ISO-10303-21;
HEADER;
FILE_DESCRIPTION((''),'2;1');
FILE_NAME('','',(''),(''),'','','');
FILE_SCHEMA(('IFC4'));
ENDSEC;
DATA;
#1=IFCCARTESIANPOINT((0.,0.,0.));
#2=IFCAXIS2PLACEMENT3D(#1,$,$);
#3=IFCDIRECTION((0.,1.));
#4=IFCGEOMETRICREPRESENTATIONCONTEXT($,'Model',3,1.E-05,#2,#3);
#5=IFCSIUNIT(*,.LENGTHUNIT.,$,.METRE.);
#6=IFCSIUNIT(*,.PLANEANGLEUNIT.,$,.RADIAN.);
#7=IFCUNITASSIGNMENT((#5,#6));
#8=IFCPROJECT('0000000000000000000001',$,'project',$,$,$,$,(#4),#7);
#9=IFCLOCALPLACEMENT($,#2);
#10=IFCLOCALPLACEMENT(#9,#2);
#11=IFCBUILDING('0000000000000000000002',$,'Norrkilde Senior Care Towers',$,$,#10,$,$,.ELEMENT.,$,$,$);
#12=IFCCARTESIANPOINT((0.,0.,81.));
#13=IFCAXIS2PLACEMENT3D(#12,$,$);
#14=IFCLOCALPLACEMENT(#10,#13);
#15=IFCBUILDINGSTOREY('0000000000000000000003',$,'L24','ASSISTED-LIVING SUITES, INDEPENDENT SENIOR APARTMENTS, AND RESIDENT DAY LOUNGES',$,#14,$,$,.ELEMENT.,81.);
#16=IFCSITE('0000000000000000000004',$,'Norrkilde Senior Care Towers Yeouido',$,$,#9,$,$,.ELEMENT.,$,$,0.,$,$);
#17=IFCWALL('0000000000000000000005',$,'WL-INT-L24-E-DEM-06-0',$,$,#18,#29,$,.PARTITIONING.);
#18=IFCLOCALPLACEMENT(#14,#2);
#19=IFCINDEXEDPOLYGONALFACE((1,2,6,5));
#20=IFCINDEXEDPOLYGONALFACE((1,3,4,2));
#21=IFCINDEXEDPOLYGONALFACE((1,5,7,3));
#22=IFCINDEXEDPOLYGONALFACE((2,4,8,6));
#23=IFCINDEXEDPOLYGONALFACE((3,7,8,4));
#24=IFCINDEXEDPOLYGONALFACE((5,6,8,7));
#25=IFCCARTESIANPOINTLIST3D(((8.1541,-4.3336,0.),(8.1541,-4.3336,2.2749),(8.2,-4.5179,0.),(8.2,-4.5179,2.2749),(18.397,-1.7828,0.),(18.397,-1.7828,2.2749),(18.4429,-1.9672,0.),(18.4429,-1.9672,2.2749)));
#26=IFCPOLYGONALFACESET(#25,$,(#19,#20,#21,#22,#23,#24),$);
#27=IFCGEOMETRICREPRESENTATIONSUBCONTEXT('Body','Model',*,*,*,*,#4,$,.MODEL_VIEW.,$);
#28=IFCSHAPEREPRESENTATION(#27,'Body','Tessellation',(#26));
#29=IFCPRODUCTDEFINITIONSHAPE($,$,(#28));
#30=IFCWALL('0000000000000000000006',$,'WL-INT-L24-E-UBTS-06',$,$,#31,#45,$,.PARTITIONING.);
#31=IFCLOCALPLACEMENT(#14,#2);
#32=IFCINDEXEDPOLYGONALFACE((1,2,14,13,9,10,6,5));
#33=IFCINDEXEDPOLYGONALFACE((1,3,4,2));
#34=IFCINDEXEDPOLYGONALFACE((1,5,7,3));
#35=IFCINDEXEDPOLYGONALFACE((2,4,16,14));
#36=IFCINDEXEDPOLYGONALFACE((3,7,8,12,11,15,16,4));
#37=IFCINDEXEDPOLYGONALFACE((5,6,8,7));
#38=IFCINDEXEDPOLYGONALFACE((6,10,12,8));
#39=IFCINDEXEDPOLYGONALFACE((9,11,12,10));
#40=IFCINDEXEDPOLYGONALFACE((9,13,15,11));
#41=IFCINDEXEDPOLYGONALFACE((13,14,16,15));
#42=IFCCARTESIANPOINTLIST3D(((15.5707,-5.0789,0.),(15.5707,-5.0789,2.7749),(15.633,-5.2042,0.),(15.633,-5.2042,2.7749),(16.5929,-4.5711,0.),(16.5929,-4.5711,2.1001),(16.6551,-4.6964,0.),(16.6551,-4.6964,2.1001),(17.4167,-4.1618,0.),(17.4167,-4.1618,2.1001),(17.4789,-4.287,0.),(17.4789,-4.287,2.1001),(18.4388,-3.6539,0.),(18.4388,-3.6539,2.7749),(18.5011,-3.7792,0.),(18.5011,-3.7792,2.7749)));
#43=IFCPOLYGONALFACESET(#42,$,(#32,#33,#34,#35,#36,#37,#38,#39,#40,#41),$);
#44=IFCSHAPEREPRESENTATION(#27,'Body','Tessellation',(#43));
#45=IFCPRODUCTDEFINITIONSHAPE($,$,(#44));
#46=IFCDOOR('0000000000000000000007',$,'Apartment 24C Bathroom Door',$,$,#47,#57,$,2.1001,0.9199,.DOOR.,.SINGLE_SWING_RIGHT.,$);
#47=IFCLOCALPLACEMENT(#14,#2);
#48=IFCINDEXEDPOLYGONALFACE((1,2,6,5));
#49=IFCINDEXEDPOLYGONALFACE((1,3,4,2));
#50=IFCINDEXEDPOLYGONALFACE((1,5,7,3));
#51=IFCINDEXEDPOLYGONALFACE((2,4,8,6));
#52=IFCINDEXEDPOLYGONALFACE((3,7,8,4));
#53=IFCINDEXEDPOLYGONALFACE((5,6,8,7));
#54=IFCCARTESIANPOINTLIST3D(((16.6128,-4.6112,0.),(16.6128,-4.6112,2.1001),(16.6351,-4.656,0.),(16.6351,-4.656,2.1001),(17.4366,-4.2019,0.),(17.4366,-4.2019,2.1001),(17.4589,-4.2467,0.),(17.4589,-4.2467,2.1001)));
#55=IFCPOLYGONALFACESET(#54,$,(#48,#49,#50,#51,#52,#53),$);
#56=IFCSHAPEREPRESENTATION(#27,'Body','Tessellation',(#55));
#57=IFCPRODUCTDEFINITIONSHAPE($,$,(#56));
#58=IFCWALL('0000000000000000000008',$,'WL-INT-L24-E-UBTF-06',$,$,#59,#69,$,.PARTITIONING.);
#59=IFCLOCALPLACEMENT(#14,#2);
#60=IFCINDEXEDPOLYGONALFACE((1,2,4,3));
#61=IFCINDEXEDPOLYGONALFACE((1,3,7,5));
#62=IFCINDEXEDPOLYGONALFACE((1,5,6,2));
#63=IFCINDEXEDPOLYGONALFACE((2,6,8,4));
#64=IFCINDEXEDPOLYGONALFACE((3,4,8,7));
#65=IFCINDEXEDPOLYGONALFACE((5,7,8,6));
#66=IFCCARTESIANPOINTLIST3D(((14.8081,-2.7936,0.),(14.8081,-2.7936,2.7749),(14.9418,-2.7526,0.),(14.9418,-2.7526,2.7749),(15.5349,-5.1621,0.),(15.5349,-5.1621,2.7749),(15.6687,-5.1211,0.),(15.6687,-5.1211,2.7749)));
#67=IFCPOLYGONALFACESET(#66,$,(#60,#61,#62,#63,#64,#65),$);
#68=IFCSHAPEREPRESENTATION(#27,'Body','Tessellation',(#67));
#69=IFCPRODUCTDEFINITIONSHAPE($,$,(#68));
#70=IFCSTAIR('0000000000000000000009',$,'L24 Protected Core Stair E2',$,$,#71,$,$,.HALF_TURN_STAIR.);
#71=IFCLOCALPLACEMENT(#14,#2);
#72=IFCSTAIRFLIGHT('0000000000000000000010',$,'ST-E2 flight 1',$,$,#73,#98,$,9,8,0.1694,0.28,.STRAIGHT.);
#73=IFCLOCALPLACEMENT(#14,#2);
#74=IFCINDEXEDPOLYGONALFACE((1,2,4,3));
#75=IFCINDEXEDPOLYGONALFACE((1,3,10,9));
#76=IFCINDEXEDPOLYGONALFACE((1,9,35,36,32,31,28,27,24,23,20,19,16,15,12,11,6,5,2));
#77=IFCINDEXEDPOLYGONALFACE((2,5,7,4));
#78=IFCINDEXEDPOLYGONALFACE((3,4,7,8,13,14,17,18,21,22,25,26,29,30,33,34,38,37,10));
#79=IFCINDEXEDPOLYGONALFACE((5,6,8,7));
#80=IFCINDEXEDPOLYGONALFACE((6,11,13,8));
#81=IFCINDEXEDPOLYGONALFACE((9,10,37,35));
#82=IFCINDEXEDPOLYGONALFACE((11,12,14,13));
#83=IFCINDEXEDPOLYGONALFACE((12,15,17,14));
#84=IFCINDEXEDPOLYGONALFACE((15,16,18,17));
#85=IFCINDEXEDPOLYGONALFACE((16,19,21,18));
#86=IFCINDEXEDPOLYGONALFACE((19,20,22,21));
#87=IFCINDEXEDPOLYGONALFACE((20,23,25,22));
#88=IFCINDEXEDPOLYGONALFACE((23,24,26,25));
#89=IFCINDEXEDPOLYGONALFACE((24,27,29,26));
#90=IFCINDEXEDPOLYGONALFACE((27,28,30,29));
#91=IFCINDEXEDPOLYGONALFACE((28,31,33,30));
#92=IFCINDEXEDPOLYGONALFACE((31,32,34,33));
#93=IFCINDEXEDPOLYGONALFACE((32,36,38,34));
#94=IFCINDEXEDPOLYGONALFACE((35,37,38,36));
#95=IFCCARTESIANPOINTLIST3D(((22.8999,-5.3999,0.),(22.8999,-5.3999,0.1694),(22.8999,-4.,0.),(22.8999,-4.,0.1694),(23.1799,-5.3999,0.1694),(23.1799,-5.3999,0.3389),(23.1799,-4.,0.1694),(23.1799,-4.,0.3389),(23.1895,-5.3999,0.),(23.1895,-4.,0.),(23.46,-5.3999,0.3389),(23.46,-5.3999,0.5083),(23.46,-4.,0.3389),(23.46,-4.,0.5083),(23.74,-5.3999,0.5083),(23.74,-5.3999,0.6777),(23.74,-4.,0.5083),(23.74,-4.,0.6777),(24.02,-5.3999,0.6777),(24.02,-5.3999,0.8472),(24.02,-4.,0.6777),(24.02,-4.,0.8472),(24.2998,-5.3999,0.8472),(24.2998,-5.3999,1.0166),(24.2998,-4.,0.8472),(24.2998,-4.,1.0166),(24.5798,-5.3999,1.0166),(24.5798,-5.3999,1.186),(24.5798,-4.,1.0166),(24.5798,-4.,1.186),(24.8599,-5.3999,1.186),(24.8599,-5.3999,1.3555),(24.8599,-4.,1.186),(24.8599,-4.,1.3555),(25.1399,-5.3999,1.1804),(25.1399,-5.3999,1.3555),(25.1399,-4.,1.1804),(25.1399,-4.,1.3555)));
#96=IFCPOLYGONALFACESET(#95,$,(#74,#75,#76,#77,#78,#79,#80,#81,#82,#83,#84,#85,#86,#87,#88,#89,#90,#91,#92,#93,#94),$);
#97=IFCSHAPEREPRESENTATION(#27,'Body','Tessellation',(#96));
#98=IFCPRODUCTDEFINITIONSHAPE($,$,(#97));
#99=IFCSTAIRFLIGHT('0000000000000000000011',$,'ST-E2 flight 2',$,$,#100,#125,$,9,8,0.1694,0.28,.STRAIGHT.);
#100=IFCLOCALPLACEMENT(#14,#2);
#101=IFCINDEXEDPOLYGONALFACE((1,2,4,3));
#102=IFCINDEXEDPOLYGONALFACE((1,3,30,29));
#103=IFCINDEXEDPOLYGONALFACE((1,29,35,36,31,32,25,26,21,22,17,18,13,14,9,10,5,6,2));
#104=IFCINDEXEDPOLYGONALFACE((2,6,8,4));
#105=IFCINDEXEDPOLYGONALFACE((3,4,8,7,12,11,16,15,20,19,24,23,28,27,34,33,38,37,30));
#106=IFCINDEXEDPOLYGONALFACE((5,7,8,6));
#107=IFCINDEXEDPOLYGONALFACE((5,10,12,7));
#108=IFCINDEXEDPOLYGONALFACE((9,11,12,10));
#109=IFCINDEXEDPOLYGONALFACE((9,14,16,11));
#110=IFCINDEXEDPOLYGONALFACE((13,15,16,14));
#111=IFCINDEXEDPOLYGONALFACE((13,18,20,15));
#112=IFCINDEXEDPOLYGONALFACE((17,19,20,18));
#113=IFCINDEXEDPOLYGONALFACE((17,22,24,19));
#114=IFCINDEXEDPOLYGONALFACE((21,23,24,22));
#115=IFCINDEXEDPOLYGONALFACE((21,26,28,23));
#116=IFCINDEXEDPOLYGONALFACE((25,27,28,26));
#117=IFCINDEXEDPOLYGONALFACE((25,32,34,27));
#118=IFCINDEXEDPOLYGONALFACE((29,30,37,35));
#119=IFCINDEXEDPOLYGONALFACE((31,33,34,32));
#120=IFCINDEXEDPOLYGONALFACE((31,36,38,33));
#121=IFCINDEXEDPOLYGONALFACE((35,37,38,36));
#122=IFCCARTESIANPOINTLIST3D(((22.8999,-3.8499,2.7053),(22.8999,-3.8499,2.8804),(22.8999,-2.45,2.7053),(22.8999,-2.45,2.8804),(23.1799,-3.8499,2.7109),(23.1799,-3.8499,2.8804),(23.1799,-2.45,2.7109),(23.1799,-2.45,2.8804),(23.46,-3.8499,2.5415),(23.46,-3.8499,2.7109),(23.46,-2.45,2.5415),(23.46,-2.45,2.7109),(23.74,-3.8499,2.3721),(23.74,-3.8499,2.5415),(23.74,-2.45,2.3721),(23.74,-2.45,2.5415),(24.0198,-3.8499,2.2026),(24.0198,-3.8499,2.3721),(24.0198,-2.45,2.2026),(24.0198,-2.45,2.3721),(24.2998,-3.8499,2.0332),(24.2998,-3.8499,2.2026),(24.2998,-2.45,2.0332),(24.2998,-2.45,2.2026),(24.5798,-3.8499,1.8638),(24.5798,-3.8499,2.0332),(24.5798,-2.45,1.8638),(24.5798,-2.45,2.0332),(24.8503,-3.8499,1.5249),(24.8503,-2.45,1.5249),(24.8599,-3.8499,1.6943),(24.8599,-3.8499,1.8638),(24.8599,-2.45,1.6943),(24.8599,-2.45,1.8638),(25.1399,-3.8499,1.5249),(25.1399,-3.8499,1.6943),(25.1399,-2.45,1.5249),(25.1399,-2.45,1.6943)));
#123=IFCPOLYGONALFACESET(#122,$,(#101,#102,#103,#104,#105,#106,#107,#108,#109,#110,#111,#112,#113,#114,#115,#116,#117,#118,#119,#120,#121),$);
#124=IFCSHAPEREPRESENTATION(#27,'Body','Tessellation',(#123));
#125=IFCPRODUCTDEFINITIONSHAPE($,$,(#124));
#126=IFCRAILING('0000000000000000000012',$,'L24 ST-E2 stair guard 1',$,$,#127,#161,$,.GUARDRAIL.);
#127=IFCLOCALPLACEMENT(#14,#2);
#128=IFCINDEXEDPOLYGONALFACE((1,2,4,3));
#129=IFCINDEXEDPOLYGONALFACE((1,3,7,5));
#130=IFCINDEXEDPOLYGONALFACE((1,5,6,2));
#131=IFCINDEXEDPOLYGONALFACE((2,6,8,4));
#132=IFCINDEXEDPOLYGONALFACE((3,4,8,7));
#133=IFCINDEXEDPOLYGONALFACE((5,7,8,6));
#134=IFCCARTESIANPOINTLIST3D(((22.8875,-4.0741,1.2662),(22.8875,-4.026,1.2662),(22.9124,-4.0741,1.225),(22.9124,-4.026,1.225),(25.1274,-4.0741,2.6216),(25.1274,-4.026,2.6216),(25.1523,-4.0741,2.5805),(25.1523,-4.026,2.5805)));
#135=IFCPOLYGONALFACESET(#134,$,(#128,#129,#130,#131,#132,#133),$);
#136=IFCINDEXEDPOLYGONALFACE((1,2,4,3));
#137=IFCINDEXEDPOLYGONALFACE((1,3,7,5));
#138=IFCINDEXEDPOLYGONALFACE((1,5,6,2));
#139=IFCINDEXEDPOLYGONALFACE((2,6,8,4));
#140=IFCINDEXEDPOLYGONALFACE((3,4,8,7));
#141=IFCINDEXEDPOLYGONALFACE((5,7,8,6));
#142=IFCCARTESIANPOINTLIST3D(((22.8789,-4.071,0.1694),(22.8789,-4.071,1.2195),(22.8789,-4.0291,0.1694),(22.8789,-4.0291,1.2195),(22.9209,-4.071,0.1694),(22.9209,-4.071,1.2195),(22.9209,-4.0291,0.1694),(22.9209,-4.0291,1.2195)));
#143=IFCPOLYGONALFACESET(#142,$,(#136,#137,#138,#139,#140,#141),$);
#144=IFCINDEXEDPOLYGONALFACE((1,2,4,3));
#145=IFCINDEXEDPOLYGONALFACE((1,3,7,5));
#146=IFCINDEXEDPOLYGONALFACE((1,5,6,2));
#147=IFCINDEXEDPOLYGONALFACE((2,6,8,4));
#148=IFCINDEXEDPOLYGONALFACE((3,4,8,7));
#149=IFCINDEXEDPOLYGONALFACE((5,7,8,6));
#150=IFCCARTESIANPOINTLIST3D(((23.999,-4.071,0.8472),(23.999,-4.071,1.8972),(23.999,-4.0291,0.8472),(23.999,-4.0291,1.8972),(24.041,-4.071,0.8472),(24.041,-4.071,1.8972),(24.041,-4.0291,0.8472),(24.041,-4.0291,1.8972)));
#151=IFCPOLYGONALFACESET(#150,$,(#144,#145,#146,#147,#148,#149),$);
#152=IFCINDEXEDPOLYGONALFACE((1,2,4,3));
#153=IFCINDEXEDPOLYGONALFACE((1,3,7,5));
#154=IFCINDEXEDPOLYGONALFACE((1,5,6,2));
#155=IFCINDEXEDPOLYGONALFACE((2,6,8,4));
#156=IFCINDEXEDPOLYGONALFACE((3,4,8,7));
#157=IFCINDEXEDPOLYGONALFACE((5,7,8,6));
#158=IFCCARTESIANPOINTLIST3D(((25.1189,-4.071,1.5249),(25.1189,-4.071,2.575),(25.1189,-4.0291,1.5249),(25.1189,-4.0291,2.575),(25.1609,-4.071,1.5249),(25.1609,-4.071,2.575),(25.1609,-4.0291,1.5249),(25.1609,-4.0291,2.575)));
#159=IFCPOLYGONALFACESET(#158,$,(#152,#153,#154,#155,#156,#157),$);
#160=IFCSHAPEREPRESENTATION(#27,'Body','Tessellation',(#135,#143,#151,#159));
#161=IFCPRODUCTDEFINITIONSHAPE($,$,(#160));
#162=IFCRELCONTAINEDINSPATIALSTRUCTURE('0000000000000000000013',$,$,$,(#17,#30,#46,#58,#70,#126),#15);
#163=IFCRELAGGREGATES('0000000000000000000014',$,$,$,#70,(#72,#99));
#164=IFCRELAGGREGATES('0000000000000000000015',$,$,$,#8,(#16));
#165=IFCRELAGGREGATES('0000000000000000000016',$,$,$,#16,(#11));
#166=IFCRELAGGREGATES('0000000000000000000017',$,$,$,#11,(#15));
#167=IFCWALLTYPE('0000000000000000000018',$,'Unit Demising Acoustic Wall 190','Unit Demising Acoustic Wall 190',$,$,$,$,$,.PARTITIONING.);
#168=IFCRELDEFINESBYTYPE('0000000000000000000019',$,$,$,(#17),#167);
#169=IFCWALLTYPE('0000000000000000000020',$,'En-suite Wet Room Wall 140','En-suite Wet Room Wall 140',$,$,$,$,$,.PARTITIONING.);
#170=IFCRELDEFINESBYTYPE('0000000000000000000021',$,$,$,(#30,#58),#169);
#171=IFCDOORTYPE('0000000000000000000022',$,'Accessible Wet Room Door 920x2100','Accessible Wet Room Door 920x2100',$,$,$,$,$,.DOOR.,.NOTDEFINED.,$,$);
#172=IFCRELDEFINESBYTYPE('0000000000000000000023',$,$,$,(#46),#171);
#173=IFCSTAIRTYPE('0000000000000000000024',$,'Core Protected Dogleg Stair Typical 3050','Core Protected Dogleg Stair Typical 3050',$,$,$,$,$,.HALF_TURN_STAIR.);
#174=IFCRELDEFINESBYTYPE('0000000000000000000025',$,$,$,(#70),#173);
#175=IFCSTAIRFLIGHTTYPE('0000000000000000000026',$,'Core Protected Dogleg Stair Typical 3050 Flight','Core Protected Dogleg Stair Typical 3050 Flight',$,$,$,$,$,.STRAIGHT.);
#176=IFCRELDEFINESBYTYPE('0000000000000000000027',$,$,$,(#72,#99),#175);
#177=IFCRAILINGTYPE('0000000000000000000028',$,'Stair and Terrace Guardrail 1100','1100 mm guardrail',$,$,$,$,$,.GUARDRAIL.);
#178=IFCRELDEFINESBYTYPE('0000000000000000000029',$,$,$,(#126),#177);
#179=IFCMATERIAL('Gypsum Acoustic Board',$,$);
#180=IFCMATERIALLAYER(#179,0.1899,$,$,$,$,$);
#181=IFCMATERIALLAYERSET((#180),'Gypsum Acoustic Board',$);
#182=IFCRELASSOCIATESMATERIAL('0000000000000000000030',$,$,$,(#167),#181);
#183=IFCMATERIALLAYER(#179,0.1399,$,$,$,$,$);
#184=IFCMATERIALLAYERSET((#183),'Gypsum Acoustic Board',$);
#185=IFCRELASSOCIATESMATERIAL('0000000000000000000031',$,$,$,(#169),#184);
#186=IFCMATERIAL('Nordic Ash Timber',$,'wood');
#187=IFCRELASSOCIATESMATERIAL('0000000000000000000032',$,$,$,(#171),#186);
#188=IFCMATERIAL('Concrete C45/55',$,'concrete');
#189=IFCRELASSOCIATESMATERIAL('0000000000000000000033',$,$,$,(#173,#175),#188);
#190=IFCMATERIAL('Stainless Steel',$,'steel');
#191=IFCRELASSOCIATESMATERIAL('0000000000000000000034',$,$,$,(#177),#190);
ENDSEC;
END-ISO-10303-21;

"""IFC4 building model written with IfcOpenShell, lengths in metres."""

from ifc_helpers import new_model, si_unit, direction, frame, frame_2d, origin, origin_2d, place, context, subcontext, project, spatial, polyline, rectangle, outline, extrude, source, transform, mapped, material, layer, layer_set, type_object, type_shapes, element, fill, aggregate, save


model = new_model("IFC4")

# Units and contexts
model_context = context("Model", 3, precision=1e-05, world=origin(), true_north=direction((0.0, 1.0)))
body_context = subcontext(model_context, "Body", "Model", "MODEL_VIEW")
ifc_project = project(units=[si_unit("LENGTHUNIT", "METRE"), si_unit("PLANEANGLEUNIT", "RADIAN")], contexts=[model_context])

# Site, building, storey
site_placement = place(None, origin())
site = spatial("IfcSite", under=ifc_project, at=site_placement, Name="Norrkilde Senior Care Towers Yeouido", CompositionType="ELEMENT", RefElevation=0.0)
building_placement = place(site_placement, origin())
building = spatial("IfcBuilding", under=site, at=building_placement, Name="Norrkilde Senior Care Towers", CompositionType="ELEMENT")
storey_placement = place(building_placement, frame((0.0, 0.0, 81.0)))
storey = spatial("IfcBuildingStorey", under=building, at=storey_placement, Name="L24", Description="ASSISTED-LIVING SUITES, INDEPENDENT SENIOR APARTMENTS, AND RESIDENT DAY LOUNGES", CompositionType="ELEMENT", Elevation=81.0)

# Shared definitions
ifc_material_1 = material(Name="Concrete C45/55", Category="concrete")

# Wall
ifc_material_2 = material(Name="Gypsum Acoustic Board")
ifc_layer_1 = layer(ifc_material_2, 0.1899)
ifc_layer_set_1 = layer_set([ifc_layer_1], Name="Gypsum Acoustic Board")
wall_type_1 = type_object("IfcWallType", Name="Unit Demising Acoustic Wall 190", Description="Unit Demising Acoustic Wall 190", PredefinedType="PARTITIONING", material=ifc_layer_set_1)
shared_shape_1 = source(origin(), body_context, "Body", "SweptSolid", [
    extrude(rectangle(XDim=10.5557, YDim=0.1899, at=frame_2d((5.2778, 0.0))), origin(), (0.0, 0.0, 1.0), 2.2749),
])
type_shapes(wall_type_1, [shared_shape_1])
wall_1_placement = place(storey_placement, frame((18.4199, -1.875, 0.0), z_axis=(0.0, 0.0, 1.0), x_axis=(-0.970364, -0.241648, 0.0)))
element("IfcWall", 1, at=wall_1_placement, inside=storey, type_object=wall_type_1, Name="WL-INT-L24-E-DEM-06-0", PredefinedType="PARTITIONING", context=body_context, shape_type="MappedRepresentation", body=[
    mapped(shared_shape_1, transform((0.0, 0.0, 0.0), x_axis=(1.0, 0.0, 0.0), y_axis=(0.0, 1.0, 0.0), z_axis=(0.0, 0.0, 1.0), scale=1.0)),
])

# Wall, opening, door
ifc_layer_2 = layer(ifc_material_2, 0.1399)
ifc_layer_set_2 = layer_set([ifc_layer_2], Name="Gypsum Acoustic Board")
wall_type_2 = type_object("IfcWallType", Name="En-suite Wet Room Wall 140", Description="En-suite Wet Room Wall 140", PredefinedType="PARTITIONING", material=ifc_layer_set_2)
shared_shape_2 = source(origin(), body_context, "Body", "SweptSolid", [
    extrude(rectangle(XDim=3.2026, YDim=0.1399, at=frame_2d((1.6013, 0.0))), origin(), (0.0, 0.0, 1.0), 2.7749),
])
wall_2_placement = place(storey_placement, frame((18.47, -3.7166, 0.0), z_axis=(0.0, 0.0, 1.0), x_axis=(-0.895553, -0.444956, 0.0)))
wall_2 = element("IfcWall", 2, at=wall_2_placement, inside=storey, type_object=wall_type_2, Name="WL-INT-L24-E-UBTS-06", PredefinedType="PARTITIONING", context=body_context, shape_type="MappedRepresentation", body=[
    mapped(shared_shape_2, transform((0.0, 0.0, 0.0), x_axis=(1.0, 0.0, 0.0), y_axis=(0.0, 1.0, 0.0), z_axis=(0.0, 0.0, 1.0), scale=1.0)),
])
opening_1_placement = place(wall_2_placement, frame((1.1414, 0.0, 0.0)))
opening_1 = element("IfcOpeningElement", 3, at=opening_1_placement, cuts=wall_2, PredefinedType="OPENING", context=body_context, shape_type="SweptSolid", body=[
    extrude(rectangle(XDim=0.9199, YDim=2.1001, at=frame_2d((0.46, 1.05))), frame((0.0, 0.0798, 0.0), z_axis=(0.0, -1.0, 0.0), x_axis=(1.0, 0.0, 0.0)), (0.0, 0.0, 1.0), 0.1599),
])
ifc_material_3 = material(Name="Nordic Ash Timber", Category="wood")
door_type_1 = type_object("IfcDoorType", Name="Accessible Wet Room Door 920x2100", Description="Accessible Wet Room Door 920x2100", OperationType="NOTDEFINED", PredefinedType="DOOR", material=ifc_material_3)
shared_shape_3 = source(origin(), body_context, "Body", "SweptSolid", [
    extrude(rectangle(XDim=0.9199, YDim=2.1001, at=frame_2d((0.46, 1.05))), frame((0.0, 0.0249, 0.0), z_axis=(0.0, -1.0, 0.0), x_axis=(1.0, 0.0, 0.0)), (0.0, 0.0, 1.0), 0.05),
])
type_shapes(door_type_1, [shared_shape_3])
door_1_placement = place(opening_1_placement, origin())
door_1 = element("IfcDoor", 4, at=door_1_placement, inside=storey, type_object=door_type_1, Name="Apartment 24C Bathroom Door", OperationType="SINGLE_SWING_RIGHT", OverallHeight=2.1001, OverallWidth=0.9199, PredefinedType="DOOR", context=body_context, shape_type="MappedRepresentation", body=[
    mapped(shared_shape_3, transform((0.0, 0.0, 0.0), x_axis=(1.0, 0.0, 0.0), y_axis=(0.0, 1.0, 0.0), z_axis=(0.0, 0.0, 1.0), scale=1.0)),
])
fill(opening_1, door_1)

# Wall
shared_shape_4 = source(origin(), body_context, "Body", "SweptSolid", [
    extrude(rectangle(XDim=2.4775, YDim=0.1399, at=frame_2d((1.2388, 0.0))), origin(), (0.0, 0.0, 1.0), 2.7749),
])
type_shapes(wall_type_2, [shared_shape_2, shared_shape_4])
wall_3_placement = place(storey_placement, frame((15.6018, -5.1416, 0.0), z_axis=(0.0, 0.0, 1.0), x_axis=(-0.293373, 0.955998, 0.0)))
element("IfcWall", 5, at=wall_3_placement, inside=storey, type_object=wall_type_2, Name="WL-INT-L24-E-UBTF-06", PredefinedType="PARTITIONING", context=body_context, shape_type="MappedRepresentation", body=[
    mapped(shared_shape_4, transform((0.0, 0.0, 0.0), x_axis=(1.0, 0.0, 0.0), y_axis=(0.0, 1.0, 0.0), z_axis=(0.0, 0.0, 1.0), scale=1.0)),
])

# Stair, stair flights
stair_type = type_object("IfcStairType", Name="Core Protected Dogleg Stair Typical 3050", Description="Core Protected Dogleg Stair Typical 3050", PredefinedType="HALF_TURN_STAIR", material=ifc_material_1)
stair_placement = place(storey_placement, origin())
stair = element("IfcStair", 6, at=stair_placement, inside=storey, type_object=stair_type, Name="L24 Protected Core Stair E2", PredefinedType="HALF_TURN_STAIR")
stair_flight_type = type_object("IfcStairFlightType", Name="Core Protected Dogleg Stair Typical 3050 Flight", Description="Core Protected Dogleg Stair Typical 3050 Flight", PredefinedType="STRAIGHT", material=ifc_material_1)
stair_flight_1_placement = place(storey_placement, frame((22.8999, -4.7, 0.0), z_axis=(0.0, 0.0, 1.0), x_axis=(1.0, 0.0, 0.0)))
stair_flight_1 = element("IfcStairFlight", 7, at=stair_flight_1_placement, type_object=stair_flight_type, Name="ST-E2 flight 1", NumberOfRisers=9, NumberOfTreads=8, PredefinedType="STRAIGHT", RiserHeight=0.1694, TreadLength=0.28, context=body_context, shape_type="SweptSolid", body=[
    extrude(outline(polyline([(0.0, 0.0), (0.0, 0.1694), (0.28, 0.1694), (0.28, 0.3389), (0.5601, 0.3389), (0.5601, 0.5083), (0.8401, 0.5083), (0.8401, 0.6777), (1.1201, 0.6777), (1.1201, 0.8472), (1.3999, 0.8472), (1.3999, 1.0166), (1.6799, 1.0166), (1.6799, 1.186), (1.96, 1.186), (1.96, 1.3555), (2.24, 1.3555), (2.24, 1.5249), (2.24, 1.1804), (0.2896, 0.0), (0.0, 0.0)])), frame((0.0, 0.7, 0.0), z_axis=(0.0, -1.0, 0.0), x_axis=(1.0, 0.0, 0.0)), (0.0, 0.0, 1.0), 1.3999),
])
stair_flight_2_placement = place(storey_placement, frame((25.1399, -3.1499, 1.5249), z_axis=(0.0, 0.0, 1.0), x_axis=(-1.0, 0.0, 0.0)))
stair_flight_2 = element("IfcStairFlight", 8, at=stair_flight_2_placement, type_object=stair_flight_type, Name="ST-E2 flight 2", NumberOfRisers=9, NumberOfTreads=8, PredefinedType="STRAIGHT", RiserHeight=0.1694, TreadLength=0.28, context=body_context, shape_type="SweptSolid", body=[
    extrude(outline(polyline([(0.0, 0.0), (0.0, 0.1694), (0.28, 0.1694), (0.28, 0.3389), (0.5601, 0.3389), (0.5601, 0.5083), (0.8401, 0.5083), (0.8401, 0.6777), (1.1201, 0.6777), (1.1201, 0.8472), (1.3999, 0.8472), (1.3999, 1.0166), (1.6799, 1.0166), (1.6799, 1.186), (1.96, 1.186), (1.96, 1.3555), (2.24, 1.3555), (2.24, 1.5249), (2.24, 1.1804), (0.2896, 0.0), (0.0, 0.0)])), frame((0.0, 0.7, 0.0), z_axis=(0.0, -1.0, 0.0), x_axis=(1.0, 0.0, 0.0)), (0.0, 0.0, 1.0), 1.3999),
])
aggregate(stair, [stair_flight_1, stair_flight_2])

# Railing
ifc_material_4 = material(Name="Stainless Steel", Category="steel")
railing_type_1 = type_object("IfcRailingType", Name="Stair and Terrace Guardrail 1100", Description="1100 mm guardrail", PredefinedType="GUARDRAIL", material=ifc_material_4)
railing_1_placement = place(storey_placement, frame((22.8999, -4.05, 0.1694)))
element("IfcRailing", 9, at=railing_1_placement, inside=storey, type_object=railing_type_1, Name="L24 ST-E2 stair guard 1", PredefinedType="GUARDRAIL", context=body_context, shape_type="SweptSolid", body=[
    extrude(rectangle(XDim=0.0481, YDim=0.0481, at=origin_2d()), frame((0.0, 0.0, 1.0762), z_axis=(0.855553, 0.0, 0.517715), x_axis=(0.0, 1.0, 0.0)), (0.0, 0.0, 1.0), 2.6182),
    extrude(rectangle(XDim=0.042, YDim=0.042, at=origin_2d()), origin(), (0.0, 0.0, 1.0), 1.05),
    extrude(rectangle(XDim=0.042, YDim=0.042, at=origin_2d()), frame((1.1201, 0.0, 0.6777)), (0.0, 0.0, 1.0), 1.05),
    extrude(rectangle(XDim=0.042, YDim=0.042, at=origin_2d()), frame((2.24, 0.0, 1.3555)), (0.0, 0.0, 1.0), 1.05),
])

save(model, "model.ifc")
